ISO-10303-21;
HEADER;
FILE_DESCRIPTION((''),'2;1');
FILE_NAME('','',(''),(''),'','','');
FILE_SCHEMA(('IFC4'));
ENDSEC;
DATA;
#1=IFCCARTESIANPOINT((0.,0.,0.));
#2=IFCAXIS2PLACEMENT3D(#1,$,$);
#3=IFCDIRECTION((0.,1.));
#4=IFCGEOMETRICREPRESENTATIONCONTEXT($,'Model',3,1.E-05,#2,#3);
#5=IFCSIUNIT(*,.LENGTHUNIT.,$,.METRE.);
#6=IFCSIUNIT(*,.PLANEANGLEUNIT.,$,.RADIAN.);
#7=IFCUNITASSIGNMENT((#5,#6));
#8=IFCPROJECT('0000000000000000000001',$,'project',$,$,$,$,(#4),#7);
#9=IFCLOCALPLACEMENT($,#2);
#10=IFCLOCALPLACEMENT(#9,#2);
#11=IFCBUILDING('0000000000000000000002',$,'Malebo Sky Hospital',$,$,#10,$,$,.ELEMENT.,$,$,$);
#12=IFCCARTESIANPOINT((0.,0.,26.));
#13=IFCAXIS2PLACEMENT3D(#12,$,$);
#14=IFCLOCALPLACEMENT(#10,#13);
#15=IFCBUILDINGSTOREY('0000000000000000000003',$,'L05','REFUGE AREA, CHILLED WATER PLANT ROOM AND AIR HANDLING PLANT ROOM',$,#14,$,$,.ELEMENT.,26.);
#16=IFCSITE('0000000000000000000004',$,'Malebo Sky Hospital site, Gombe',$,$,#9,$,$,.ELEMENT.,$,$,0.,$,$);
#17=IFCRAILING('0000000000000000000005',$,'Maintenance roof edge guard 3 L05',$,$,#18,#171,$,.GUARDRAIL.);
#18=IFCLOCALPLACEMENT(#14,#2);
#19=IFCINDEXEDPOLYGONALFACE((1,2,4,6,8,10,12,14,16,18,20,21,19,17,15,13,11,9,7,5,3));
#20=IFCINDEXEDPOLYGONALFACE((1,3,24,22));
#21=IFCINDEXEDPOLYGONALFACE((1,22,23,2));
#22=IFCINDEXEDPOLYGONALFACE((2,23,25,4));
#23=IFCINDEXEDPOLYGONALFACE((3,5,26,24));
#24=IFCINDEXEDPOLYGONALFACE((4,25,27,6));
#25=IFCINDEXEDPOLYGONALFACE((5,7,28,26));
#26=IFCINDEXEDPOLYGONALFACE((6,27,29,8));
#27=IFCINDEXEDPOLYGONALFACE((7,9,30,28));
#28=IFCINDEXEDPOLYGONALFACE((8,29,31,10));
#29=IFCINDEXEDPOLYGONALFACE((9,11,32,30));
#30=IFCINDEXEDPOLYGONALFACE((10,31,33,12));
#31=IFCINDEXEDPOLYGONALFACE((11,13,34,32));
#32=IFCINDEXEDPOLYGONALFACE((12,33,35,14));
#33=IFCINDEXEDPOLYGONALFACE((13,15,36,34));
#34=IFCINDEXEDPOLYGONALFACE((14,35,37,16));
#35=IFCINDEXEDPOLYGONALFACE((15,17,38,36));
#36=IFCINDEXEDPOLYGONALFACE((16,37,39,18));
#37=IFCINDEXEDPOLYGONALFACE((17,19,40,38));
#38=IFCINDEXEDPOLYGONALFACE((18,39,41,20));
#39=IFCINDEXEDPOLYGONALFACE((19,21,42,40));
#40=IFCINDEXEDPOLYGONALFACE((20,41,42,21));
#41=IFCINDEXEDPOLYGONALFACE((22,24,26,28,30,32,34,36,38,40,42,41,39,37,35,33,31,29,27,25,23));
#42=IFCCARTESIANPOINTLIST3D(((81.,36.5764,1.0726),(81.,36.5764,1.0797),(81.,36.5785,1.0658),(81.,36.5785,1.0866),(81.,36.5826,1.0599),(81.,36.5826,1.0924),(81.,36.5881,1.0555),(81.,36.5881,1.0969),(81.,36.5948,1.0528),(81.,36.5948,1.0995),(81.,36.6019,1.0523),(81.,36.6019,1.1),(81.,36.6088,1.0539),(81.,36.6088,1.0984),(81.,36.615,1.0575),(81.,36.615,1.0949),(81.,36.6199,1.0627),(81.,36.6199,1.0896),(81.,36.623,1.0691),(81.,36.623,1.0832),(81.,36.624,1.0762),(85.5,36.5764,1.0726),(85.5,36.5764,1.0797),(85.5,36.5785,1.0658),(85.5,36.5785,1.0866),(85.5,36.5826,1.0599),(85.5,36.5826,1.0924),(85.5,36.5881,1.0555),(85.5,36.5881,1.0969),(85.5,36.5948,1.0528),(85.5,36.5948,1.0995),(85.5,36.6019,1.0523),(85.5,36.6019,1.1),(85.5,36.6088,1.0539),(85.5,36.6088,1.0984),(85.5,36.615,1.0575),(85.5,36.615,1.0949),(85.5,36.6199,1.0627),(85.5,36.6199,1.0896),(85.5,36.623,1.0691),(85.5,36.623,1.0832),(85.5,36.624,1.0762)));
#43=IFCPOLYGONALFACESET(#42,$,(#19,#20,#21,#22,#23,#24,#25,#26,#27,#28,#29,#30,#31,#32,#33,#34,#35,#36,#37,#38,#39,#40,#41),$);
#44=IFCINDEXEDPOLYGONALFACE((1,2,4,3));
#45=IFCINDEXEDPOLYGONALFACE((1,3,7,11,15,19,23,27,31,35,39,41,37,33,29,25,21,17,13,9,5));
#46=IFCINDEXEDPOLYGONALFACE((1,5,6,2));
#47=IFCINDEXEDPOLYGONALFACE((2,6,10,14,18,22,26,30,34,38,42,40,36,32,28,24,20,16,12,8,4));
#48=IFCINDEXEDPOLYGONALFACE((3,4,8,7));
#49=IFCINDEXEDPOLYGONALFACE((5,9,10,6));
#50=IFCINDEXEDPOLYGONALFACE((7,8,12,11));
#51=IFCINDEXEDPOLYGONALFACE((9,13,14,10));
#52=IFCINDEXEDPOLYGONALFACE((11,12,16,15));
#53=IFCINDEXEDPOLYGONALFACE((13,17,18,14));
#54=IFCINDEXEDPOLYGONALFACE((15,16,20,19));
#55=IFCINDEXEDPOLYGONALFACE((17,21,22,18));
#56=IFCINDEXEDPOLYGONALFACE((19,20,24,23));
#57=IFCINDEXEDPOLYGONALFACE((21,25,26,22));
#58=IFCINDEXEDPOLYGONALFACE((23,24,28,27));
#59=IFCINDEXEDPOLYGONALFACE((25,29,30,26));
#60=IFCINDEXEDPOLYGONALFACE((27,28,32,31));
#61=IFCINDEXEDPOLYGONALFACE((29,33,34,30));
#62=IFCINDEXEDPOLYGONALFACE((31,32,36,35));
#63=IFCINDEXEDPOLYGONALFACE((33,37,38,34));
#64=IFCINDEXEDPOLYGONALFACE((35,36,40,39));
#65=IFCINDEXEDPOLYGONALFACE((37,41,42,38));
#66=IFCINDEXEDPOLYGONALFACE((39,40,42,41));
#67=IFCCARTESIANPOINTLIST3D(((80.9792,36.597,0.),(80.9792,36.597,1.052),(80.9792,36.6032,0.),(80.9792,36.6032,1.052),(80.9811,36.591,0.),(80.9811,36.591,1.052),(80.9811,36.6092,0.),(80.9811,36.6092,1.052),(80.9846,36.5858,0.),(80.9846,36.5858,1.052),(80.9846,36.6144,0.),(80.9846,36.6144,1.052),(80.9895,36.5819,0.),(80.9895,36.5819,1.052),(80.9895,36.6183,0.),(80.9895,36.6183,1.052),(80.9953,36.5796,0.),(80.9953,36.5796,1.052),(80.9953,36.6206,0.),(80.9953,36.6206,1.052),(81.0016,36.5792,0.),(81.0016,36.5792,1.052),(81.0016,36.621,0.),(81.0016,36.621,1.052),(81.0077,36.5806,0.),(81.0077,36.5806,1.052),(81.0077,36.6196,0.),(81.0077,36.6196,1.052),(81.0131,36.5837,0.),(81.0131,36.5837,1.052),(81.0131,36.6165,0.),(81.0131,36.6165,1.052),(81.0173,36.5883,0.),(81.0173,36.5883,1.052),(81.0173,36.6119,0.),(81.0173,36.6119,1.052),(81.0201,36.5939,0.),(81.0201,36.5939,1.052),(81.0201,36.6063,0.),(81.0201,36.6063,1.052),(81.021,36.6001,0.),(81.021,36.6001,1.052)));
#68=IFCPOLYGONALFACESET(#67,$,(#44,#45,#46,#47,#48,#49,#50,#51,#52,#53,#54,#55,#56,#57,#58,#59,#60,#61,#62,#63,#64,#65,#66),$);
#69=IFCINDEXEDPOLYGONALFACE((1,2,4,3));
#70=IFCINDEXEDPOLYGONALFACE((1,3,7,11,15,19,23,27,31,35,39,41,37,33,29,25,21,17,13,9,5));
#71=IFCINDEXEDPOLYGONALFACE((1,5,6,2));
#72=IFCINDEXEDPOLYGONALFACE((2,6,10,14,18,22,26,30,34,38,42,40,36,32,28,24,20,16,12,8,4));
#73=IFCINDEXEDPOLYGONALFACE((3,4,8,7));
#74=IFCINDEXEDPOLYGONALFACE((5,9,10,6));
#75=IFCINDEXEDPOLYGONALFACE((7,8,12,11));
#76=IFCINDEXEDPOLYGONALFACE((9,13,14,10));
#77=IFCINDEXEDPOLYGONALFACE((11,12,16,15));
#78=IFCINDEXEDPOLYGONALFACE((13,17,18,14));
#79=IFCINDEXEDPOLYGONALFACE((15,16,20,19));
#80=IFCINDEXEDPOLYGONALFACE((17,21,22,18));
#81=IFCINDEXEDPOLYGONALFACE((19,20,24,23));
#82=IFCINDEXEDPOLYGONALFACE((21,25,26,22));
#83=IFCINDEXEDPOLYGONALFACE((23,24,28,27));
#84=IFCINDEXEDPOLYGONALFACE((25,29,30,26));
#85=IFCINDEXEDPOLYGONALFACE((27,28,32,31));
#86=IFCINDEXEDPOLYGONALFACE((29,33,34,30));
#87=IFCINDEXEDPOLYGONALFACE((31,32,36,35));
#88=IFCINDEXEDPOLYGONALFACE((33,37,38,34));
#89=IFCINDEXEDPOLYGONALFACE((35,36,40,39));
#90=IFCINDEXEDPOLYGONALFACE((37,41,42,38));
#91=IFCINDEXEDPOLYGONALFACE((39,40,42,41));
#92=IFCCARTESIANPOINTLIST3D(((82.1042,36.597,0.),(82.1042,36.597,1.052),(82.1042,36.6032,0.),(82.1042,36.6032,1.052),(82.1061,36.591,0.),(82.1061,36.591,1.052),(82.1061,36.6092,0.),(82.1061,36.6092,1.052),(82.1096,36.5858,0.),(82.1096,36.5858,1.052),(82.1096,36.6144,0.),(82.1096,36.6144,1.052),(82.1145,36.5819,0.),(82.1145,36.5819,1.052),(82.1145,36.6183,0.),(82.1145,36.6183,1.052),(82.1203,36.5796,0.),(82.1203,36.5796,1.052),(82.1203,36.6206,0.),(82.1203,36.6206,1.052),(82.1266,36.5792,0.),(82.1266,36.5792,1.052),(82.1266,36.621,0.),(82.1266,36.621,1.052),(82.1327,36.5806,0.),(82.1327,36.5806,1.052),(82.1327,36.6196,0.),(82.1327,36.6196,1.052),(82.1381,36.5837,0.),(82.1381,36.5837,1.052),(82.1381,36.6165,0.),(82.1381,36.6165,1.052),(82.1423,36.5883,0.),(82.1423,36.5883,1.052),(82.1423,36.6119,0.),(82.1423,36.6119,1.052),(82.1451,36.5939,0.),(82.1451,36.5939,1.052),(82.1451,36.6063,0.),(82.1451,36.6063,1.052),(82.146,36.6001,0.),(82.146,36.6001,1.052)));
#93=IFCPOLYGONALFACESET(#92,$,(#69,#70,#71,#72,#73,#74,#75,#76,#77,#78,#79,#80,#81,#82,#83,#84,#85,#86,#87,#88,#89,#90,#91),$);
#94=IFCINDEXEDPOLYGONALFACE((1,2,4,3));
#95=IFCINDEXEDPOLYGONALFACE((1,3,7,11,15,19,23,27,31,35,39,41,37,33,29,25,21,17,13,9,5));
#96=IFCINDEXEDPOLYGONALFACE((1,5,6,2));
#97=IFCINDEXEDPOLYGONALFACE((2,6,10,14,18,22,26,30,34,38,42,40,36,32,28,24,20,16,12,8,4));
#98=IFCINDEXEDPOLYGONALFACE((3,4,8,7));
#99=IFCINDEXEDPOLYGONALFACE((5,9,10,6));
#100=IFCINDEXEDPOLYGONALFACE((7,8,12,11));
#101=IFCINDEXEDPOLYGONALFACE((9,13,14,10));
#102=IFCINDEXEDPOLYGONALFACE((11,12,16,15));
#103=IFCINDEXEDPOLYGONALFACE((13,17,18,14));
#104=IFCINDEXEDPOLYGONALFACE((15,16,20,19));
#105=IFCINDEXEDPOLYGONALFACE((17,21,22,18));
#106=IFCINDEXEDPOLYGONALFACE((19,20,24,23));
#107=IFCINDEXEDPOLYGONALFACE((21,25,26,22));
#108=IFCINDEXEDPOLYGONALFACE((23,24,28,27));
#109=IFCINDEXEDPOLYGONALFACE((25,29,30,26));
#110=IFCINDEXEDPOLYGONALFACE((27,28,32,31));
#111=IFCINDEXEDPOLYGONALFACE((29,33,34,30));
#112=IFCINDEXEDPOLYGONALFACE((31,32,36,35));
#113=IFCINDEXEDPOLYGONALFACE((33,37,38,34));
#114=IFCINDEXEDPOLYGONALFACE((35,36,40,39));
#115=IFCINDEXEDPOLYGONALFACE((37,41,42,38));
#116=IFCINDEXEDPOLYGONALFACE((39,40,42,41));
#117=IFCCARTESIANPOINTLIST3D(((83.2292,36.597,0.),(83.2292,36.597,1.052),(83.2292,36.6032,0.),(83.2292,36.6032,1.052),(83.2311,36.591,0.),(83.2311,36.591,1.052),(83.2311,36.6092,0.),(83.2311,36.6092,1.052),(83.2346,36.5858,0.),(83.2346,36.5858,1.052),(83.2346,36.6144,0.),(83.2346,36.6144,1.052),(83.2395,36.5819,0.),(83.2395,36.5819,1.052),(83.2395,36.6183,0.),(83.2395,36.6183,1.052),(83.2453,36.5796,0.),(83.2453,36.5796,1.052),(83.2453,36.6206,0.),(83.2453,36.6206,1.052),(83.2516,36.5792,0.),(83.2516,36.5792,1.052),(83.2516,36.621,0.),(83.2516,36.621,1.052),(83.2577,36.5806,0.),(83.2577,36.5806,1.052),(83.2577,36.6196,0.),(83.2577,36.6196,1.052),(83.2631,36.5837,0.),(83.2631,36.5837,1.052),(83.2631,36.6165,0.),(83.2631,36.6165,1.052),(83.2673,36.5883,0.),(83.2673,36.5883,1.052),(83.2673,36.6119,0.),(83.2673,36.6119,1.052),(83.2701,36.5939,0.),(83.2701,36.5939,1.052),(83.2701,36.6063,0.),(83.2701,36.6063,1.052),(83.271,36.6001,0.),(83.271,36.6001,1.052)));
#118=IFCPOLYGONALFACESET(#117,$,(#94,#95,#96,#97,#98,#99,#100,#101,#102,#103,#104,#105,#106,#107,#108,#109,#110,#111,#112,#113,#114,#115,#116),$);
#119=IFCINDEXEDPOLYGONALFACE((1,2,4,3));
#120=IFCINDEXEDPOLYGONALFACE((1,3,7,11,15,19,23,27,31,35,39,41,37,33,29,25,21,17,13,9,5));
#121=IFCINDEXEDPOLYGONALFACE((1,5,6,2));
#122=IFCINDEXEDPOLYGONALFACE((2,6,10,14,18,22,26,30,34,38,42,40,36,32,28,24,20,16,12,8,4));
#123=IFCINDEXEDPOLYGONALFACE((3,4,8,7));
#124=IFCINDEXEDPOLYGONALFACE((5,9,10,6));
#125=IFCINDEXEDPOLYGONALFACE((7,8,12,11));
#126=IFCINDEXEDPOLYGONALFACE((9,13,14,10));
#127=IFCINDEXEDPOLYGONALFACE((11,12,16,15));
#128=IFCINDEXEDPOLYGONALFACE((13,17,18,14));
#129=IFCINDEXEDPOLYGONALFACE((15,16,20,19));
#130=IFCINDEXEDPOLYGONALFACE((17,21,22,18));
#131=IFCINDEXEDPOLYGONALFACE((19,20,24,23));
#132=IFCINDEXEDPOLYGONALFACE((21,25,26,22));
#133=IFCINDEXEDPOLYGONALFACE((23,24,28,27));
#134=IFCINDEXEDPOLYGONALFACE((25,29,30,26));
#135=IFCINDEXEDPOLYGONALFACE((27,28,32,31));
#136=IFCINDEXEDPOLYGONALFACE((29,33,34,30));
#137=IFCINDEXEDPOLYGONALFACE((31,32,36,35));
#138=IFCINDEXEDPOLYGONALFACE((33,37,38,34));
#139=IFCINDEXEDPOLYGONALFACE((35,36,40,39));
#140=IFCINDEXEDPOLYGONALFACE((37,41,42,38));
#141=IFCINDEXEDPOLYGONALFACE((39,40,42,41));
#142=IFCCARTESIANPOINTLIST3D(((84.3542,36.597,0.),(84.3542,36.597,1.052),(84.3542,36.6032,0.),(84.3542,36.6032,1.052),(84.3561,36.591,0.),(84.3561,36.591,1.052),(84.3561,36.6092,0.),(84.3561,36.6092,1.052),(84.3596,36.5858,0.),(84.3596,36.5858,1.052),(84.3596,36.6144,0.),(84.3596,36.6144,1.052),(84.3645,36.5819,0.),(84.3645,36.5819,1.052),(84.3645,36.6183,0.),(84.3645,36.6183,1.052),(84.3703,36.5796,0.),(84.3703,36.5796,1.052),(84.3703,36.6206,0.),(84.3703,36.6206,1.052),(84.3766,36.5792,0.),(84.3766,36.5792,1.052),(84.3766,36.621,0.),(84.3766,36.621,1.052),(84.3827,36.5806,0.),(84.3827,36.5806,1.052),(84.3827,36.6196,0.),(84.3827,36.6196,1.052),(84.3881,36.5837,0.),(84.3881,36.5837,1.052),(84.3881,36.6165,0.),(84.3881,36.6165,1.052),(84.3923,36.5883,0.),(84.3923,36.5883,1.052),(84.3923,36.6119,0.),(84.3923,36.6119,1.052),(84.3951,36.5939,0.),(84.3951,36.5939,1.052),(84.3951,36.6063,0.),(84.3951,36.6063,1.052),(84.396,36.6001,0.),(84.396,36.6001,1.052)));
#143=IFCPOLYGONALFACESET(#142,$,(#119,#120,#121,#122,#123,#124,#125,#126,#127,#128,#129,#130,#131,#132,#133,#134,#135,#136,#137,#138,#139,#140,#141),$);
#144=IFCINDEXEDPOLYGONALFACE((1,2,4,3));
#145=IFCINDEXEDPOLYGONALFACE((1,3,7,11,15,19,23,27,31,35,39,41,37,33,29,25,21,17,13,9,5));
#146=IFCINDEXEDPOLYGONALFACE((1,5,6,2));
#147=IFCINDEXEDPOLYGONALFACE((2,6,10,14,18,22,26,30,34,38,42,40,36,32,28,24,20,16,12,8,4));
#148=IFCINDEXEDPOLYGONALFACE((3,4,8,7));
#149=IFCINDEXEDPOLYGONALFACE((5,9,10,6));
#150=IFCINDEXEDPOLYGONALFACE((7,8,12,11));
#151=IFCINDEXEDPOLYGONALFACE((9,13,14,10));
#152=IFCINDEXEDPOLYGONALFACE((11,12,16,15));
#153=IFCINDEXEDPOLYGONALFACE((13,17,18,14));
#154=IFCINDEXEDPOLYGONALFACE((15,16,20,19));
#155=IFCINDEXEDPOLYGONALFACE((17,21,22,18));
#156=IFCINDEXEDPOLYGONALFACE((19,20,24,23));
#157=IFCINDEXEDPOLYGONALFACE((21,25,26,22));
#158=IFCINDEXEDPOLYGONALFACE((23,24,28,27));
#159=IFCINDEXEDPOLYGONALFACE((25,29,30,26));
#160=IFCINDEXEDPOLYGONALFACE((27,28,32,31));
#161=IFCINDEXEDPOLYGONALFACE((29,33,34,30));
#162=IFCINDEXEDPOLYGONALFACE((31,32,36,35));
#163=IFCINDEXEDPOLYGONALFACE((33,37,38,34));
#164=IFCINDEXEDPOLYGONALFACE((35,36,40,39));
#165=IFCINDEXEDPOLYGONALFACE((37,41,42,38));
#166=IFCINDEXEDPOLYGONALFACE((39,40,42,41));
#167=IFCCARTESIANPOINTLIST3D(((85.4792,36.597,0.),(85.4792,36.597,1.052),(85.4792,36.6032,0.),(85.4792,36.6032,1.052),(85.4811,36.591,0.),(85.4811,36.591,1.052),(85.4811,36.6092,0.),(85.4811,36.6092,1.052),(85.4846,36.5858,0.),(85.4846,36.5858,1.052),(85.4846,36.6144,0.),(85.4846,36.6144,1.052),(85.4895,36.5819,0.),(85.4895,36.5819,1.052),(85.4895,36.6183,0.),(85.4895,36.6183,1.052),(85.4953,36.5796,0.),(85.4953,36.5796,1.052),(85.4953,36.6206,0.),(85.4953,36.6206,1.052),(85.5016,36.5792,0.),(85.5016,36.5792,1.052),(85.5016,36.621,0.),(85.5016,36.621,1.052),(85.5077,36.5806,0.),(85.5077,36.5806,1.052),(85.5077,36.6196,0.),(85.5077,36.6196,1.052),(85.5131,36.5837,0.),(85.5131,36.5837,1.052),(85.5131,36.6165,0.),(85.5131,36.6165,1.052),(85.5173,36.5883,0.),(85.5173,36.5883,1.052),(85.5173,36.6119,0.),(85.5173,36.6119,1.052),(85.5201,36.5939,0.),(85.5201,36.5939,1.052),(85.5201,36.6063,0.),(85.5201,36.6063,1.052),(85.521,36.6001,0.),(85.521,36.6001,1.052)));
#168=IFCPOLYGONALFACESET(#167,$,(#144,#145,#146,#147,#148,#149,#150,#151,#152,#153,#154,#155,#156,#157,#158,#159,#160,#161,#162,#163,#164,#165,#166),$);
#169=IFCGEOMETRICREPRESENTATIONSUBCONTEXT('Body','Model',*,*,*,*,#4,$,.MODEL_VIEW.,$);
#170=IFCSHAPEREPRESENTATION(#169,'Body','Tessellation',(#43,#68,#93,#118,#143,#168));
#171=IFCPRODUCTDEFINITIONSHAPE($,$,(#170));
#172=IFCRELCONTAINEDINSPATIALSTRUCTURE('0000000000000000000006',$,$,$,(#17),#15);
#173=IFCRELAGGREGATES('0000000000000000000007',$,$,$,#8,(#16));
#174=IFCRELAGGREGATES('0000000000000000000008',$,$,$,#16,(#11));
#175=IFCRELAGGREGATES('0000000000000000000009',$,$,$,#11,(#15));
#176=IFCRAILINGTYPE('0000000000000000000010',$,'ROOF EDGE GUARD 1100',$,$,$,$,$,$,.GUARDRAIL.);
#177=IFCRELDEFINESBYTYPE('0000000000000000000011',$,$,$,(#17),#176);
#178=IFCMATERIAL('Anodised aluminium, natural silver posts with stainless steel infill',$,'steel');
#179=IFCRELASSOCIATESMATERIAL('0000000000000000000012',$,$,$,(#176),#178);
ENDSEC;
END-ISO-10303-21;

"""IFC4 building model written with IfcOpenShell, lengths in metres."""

from ifc_helpers import new_model, si_unit, direction, frame, origin, origin_2d, place, context, subcontext, project, spatial, circle, extrude, material, type_object, element, save


model = new_model("IFC4")

# Units and contexts
model_context = context("Model", 3, precision=1e-05, world=origin(), true_north=direction((0.0, 1.0)))
body_context = subcontext(model_context, "Body", "Model", "MODEL_VIEW")
ifc_project = project(units=[si_unit("LENGTHUNIT", "METRE"), si_unit("PLANEANGLEUNIT", "RADIAN")], contexts=[model_context])

# Site, building, storey
site_placement = place(None, origin())
site = spatial("IfcSite", under=ifc_project, at=site_placement, Name="Malebo Sky Hospital site, Gombe", CompositionType="ELEMENT", RefElevation=0.0)
building_placement = place(site_placement, origin())
building = spatial("IfcBuilding", under=site, at=building_placement, Name="Malebo Sky Hospital", CompositionType="ELEMENT")
storey_placement = place(building_placement, frame((0.0, 0.0, 26.0)))
storey = spatial("IfcBuildingStorey", under=building, at=storey_placement, Name="L05", Description="REFUGE AREA, CHILLED WATER PLANT ROOM AND AIR HANDLING PLANT ROOM", CompositionType="ELEMENT", Elevation=26.0)

# Railing
ifc_material_1 = material(Name="Anodised aluminium, natural silver posts with stainless steel infill", Category="steel")
railing_type = type_object("IfcRailingType", Name="ROOF EDGE GUARD 1100", PredefinedType="GUARDRAIL", material=ifc_material_1)
railing_1_placement = place(storey_placement, frame((81.0, 36.6001, 0.0)))
element("IfcRailing", 1, at=railing_1_placement, inside=storey, type_object=railing_type, Name="Maintenance roof edge guard 3 L05", PredefinedType="GUARDRAIL", context=body_context, shape_type="SweptSolid", body=[
    extrude(circle(Radius=0.0239, at=origin_2d()), frame((0.0, 0.0, 1.0762), z_axis=(1.0, 0.0, 0.0), x_axis=(0.0, 1.0, 0.0)), (0.0, 0.0, 1.0), 4.5),
    extrude(circle(Radius=0.021, at=origin_2d()), origin(), (0.0, 0.0, 1.0), 1.052),
    extrude(circle(Radius=0.021, at=origin_2d()), frame((1.125, 0.0, 0.0)), (0.0, 0.0, 1.0), 1.052),
    extrude(circle(Radius=0.021, at=origin_2d()), frame((2.25, 0.0, 0.0)), (0.0, 0.0, 1.0), 1.052),
    extrude(circle(Radius=0.021, at=origin_2d()), frame((3.375, 0.0, 0.0)), (0.0, 0.0, 1.0), 1.052),
    extrude(circle(Radius=0.021, at=origin_2d()), frame((4.5, 0.0, 0.0)), (0.0, 0.0, 1.0), 1.052),
])

save(model, "model.ifc")
